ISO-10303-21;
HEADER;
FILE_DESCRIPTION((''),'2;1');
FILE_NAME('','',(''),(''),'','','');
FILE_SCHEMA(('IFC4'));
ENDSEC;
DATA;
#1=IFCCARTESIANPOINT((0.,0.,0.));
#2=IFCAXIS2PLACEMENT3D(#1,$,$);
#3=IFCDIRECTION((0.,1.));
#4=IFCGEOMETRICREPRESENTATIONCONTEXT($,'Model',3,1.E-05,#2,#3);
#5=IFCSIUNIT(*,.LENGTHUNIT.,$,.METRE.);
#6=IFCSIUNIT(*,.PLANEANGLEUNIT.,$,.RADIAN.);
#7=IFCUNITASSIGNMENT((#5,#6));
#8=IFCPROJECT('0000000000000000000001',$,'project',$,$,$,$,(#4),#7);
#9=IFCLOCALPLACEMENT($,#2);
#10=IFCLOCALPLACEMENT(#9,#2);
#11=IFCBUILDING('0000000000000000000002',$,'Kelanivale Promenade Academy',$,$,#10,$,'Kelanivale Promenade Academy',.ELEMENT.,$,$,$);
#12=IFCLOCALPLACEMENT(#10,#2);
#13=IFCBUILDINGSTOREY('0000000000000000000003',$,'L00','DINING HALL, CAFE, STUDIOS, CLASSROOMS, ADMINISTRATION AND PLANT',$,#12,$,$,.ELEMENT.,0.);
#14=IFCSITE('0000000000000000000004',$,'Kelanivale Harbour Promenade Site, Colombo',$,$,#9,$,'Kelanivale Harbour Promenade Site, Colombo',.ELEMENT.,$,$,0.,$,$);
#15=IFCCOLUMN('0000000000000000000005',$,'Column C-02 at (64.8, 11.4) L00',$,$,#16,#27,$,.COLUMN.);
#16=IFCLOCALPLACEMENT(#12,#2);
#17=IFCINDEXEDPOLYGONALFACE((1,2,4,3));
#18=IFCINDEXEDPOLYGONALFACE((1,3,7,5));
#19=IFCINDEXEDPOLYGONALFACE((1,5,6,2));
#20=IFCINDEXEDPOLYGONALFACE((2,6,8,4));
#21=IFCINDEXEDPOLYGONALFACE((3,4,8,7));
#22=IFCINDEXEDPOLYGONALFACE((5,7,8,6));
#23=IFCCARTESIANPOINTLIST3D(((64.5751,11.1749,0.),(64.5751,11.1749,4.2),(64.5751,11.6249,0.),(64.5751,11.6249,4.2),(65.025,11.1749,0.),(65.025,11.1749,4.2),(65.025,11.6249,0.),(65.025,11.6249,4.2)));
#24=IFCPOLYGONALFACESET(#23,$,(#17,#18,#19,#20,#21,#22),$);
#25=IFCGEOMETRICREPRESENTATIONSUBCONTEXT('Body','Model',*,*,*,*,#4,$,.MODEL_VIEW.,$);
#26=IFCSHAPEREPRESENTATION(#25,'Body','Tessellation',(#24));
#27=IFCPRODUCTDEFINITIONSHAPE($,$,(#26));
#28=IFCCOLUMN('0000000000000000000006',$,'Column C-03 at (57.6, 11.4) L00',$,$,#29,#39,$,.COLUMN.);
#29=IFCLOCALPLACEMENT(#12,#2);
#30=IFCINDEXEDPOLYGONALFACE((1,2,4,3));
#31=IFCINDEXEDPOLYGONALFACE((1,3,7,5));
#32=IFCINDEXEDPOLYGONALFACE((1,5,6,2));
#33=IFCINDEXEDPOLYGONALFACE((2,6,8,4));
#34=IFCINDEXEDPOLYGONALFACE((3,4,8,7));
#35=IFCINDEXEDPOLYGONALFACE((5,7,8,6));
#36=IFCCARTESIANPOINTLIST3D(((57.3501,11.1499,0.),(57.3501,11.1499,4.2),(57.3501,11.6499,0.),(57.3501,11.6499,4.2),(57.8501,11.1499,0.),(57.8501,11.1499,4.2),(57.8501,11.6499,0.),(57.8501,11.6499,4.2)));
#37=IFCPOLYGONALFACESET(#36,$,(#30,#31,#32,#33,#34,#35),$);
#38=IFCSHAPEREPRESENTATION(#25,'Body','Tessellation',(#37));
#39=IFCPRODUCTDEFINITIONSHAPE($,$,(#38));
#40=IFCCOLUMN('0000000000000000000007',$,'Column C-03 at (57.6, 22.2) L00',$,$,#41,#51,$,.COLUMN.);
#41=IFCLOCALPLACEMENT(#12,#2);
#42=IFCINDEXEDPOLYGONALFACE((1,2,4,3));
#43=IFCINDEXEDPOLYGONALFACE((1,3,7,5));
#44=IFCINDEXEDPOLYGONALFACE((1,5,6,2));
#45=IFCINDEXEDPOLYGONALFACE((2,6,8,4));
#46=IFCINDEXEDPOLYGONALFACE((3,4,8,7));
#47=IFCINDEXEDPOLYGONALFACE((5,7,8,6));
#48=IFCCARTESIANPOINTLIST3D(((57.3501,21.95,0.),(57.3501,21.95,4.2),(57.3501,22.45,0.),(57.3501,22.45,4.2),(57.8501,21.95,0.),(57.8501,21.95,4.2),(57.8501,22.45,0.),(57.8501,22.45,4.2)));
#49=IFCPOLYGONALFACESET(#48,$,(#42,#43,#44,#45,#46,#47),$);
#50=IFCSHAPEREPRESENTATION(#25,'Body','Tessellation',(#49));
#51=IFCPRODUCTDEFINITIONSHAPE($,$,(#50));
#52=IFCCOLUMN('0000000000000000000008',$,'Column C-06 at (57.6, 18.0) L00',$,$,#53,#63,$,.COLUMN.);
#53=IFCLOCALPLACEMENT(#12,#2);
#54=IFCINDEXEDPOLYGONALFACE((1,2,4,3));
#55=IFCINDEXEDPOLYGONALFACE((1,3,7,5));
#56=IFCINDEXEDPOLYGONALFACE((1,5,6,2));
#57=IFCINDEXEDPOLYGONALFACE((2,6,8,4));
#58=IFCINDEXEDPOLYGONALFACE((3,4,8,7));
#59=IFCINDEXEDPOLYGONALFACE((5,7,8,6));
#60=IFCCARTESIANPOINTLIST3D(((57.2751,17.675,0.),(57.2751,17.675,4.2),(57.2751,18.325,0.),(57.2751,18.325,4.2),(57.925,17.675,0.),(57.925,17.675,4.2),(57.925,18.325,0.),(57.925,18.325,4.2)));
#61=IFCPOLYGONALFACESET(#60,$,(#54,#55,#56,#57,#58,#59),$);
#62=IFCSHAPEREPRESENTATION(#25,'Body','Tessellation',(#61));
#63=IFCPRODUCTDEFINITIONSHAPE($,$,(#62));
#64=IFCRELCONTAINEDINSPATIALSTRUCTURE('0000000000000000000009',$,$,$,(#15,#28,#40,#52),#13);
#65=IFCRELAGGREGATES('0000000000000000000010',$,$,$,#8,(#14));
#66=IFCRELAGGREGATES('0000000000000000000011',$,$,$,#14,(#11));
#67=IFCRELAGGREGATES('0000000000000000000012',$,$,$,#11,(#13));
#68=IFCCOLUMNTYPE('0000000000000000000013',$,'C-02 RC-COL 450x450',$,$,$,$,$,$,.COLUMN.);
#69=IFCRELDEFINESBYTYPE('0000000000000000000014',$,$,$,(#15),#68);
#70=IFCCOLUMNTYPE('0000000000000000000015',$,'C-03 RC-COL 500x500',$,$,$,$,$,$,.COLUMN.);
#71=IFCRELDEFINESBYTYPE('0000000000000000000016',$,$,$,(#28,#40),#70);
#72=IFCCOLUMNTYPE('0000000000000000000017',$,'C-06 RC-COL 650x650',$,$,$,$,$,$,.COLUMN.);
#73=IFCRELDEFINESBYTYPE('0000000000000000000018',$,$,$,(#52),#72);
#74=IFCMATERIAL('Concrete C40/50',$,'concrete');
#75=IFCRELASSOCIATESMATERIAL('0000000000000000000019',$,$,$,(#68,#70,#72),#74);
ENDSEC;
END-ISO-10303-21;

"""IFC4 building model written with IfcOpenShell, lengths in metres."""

from ifc_helpers import new_model, si_unit, direction, frame, origin, origin_2d, place, context, subcontext, project, spatial, rectangle, extrude, material, material_profile, profile_set, type_object, element, save


model = new_model("IFC4")

# Units and contexts
model_context = context("Model", 3, precision=1e-05, world=origin(), true_north=direction((0.0, 1.0)))
body_context = subcontext(model_context, "Body", "Model", "MODEL_VIEW")
ifc_project = project(units=[si_unit("LENGTHUNIT", "METRE"), si_unit("PLANEANGLEUNIT", "RADIAN")], contexts=[model_context])

# Site, building, storey
site_placement = place(None, origin())
site = spatial("IfcSite", under=ifc_project, at=site_placement, Name="Kelanivale Harbour Promenade Site, Colombo", LongName="Kelanivale Harbour Promenade Site, Colombo", CompositionType="ELEMENT", RefElevation=0.0)
building_placement = place(site_placement, origin())
building = spatial("IfcBuilding", under=site, at=building_placement, Name="Kelanivale Promenade Academy", LongName="Kelanivale Promenade Academy", CompositionType="ELEMENT")
storey_placement = place(building_placement, origin())
storey = spatial("IfcBuildingStorey", under=building, at=storey_placement, Name="L00", Description="DINING HALL, CAFE, STUDIOS, CLASSROOMS, ADMINISTRATION AND PLANT", CompositionType="ELEMENT", Elevation=0.0)

# Columns
ifc_material_1 = material(Name="Concrete C40/50", Category="concrete")
ifc_material_profile_1 = material_profile(ifc_material_1, rectangle(XDim=0.45, YDim=0.45, at=origin_2d()), Name="RC-COL 450x450")
ifc_profile_set_1 = profile_set([ifc_material_profile_1], Name="Concrete C40/50")
column_type_1 = type_object("IfcColumnType", Name="C-02 RC-COL 450x450", PredefinedType="COLUMN", material=ifc_profile_set_1)
column_1_placement = place(storey_placement, frame((64.8, 11.3999, 0.0), z_axis=(0.0, 0.0, 1.0), x_axis=(1.0, 0.0, 0.0)))
element("IfcColumn", 1, at=column_1_placement, inside=storey, type_object=column_type_1, Name="Column C-02 at (64.8, 11.4) L00", PredefinedType="COLUMN", context=body_context, shape_type="SweptSolid", body=[
    extrude(rectangle(XDim=0.45, YDim=0.45, at=origin_2d()), origin(), (0.0, 0.0, 1.0), 4.2),
])
ifc_material_profile_2 = material_profile(ifc_material_1, rectangle(XDim=0.5, YDim=0.5, at=origin_2d()), Name="RC-COL 500x500")
ifc_profile_set_2 = profile_set([ifc_material_profile_2], Name="Concrete C40/50")
column_type_2 = type_object("IfcColumnType", Name="C-03 RC-COL 500x500", PredefinedType="COLUMN", material=ifc_profile_set_2)
for number, where, z_axis, x_axis, name in (
    (2, (57.6001, 11.3999, 0.0), (0.0, 0.0, 1.0), (1.0, 0.0, 0.0), "Column C-03 at (57.6, 11.4) L00"),
    (3, (57.6001, 22.2, 0.0), (0.0, 0.0, 1.0), (1.0, 0.0, 0.0), "Column C-03 at (57.6, 22.2) L00"),
):
    element("IfcColumn", number, at=place(storey_placement, frame(where, z_axis=z_axis, x_axis=x_axis)), inside=storey, type_object=column_type_2, Name=name, PredefinedType="COLUMN", context=body_context, shape_type="SweptSolid", body=[
        extrude(rectangle(XDim=0.5, YDim=0.5, at=origin_2d()), origin(), (0.0, 0.0, 1.0), 4.2),
    ])
ifc_material_profile_3 = material_profile(ifc_material_1, rectangle(XDim=0.6499, YDim=0.6499, at=origin_2d()), Name="RC-COL 650x650")
ifc_profile_set_3 = profile_set([ifc_material_profile_3], Name="Concrete C40/50")
column_type_3 = type_object("IfcColumnType", Name="C-06 RC-COL 650x650", PredefinedType="COLUMN", material=ifc_profile_set_3)
column_2_placement = place(storey_placement, frame((57.6001, 18.0, 0.0), z_axis=(0.0, 0.0, 1.0), x_axis=(1.0, 0.0, 0.0)))
element("IfcColumn", 4, at=column_2_placement, inside=storey, type_object=column_type_3, Name="Column C-06 at (57.6, 18.0) L00", PredefinedType="COLUMN", context=body_context, shape_type="SweptSolid", body=[
    extrude(rectangle(XDim=0.6499, YDim=0.6499, at=origin_2d()), origin(), (0.0, 0.0, 1.0), 4.2),
])

save(model, "model.ifc")
